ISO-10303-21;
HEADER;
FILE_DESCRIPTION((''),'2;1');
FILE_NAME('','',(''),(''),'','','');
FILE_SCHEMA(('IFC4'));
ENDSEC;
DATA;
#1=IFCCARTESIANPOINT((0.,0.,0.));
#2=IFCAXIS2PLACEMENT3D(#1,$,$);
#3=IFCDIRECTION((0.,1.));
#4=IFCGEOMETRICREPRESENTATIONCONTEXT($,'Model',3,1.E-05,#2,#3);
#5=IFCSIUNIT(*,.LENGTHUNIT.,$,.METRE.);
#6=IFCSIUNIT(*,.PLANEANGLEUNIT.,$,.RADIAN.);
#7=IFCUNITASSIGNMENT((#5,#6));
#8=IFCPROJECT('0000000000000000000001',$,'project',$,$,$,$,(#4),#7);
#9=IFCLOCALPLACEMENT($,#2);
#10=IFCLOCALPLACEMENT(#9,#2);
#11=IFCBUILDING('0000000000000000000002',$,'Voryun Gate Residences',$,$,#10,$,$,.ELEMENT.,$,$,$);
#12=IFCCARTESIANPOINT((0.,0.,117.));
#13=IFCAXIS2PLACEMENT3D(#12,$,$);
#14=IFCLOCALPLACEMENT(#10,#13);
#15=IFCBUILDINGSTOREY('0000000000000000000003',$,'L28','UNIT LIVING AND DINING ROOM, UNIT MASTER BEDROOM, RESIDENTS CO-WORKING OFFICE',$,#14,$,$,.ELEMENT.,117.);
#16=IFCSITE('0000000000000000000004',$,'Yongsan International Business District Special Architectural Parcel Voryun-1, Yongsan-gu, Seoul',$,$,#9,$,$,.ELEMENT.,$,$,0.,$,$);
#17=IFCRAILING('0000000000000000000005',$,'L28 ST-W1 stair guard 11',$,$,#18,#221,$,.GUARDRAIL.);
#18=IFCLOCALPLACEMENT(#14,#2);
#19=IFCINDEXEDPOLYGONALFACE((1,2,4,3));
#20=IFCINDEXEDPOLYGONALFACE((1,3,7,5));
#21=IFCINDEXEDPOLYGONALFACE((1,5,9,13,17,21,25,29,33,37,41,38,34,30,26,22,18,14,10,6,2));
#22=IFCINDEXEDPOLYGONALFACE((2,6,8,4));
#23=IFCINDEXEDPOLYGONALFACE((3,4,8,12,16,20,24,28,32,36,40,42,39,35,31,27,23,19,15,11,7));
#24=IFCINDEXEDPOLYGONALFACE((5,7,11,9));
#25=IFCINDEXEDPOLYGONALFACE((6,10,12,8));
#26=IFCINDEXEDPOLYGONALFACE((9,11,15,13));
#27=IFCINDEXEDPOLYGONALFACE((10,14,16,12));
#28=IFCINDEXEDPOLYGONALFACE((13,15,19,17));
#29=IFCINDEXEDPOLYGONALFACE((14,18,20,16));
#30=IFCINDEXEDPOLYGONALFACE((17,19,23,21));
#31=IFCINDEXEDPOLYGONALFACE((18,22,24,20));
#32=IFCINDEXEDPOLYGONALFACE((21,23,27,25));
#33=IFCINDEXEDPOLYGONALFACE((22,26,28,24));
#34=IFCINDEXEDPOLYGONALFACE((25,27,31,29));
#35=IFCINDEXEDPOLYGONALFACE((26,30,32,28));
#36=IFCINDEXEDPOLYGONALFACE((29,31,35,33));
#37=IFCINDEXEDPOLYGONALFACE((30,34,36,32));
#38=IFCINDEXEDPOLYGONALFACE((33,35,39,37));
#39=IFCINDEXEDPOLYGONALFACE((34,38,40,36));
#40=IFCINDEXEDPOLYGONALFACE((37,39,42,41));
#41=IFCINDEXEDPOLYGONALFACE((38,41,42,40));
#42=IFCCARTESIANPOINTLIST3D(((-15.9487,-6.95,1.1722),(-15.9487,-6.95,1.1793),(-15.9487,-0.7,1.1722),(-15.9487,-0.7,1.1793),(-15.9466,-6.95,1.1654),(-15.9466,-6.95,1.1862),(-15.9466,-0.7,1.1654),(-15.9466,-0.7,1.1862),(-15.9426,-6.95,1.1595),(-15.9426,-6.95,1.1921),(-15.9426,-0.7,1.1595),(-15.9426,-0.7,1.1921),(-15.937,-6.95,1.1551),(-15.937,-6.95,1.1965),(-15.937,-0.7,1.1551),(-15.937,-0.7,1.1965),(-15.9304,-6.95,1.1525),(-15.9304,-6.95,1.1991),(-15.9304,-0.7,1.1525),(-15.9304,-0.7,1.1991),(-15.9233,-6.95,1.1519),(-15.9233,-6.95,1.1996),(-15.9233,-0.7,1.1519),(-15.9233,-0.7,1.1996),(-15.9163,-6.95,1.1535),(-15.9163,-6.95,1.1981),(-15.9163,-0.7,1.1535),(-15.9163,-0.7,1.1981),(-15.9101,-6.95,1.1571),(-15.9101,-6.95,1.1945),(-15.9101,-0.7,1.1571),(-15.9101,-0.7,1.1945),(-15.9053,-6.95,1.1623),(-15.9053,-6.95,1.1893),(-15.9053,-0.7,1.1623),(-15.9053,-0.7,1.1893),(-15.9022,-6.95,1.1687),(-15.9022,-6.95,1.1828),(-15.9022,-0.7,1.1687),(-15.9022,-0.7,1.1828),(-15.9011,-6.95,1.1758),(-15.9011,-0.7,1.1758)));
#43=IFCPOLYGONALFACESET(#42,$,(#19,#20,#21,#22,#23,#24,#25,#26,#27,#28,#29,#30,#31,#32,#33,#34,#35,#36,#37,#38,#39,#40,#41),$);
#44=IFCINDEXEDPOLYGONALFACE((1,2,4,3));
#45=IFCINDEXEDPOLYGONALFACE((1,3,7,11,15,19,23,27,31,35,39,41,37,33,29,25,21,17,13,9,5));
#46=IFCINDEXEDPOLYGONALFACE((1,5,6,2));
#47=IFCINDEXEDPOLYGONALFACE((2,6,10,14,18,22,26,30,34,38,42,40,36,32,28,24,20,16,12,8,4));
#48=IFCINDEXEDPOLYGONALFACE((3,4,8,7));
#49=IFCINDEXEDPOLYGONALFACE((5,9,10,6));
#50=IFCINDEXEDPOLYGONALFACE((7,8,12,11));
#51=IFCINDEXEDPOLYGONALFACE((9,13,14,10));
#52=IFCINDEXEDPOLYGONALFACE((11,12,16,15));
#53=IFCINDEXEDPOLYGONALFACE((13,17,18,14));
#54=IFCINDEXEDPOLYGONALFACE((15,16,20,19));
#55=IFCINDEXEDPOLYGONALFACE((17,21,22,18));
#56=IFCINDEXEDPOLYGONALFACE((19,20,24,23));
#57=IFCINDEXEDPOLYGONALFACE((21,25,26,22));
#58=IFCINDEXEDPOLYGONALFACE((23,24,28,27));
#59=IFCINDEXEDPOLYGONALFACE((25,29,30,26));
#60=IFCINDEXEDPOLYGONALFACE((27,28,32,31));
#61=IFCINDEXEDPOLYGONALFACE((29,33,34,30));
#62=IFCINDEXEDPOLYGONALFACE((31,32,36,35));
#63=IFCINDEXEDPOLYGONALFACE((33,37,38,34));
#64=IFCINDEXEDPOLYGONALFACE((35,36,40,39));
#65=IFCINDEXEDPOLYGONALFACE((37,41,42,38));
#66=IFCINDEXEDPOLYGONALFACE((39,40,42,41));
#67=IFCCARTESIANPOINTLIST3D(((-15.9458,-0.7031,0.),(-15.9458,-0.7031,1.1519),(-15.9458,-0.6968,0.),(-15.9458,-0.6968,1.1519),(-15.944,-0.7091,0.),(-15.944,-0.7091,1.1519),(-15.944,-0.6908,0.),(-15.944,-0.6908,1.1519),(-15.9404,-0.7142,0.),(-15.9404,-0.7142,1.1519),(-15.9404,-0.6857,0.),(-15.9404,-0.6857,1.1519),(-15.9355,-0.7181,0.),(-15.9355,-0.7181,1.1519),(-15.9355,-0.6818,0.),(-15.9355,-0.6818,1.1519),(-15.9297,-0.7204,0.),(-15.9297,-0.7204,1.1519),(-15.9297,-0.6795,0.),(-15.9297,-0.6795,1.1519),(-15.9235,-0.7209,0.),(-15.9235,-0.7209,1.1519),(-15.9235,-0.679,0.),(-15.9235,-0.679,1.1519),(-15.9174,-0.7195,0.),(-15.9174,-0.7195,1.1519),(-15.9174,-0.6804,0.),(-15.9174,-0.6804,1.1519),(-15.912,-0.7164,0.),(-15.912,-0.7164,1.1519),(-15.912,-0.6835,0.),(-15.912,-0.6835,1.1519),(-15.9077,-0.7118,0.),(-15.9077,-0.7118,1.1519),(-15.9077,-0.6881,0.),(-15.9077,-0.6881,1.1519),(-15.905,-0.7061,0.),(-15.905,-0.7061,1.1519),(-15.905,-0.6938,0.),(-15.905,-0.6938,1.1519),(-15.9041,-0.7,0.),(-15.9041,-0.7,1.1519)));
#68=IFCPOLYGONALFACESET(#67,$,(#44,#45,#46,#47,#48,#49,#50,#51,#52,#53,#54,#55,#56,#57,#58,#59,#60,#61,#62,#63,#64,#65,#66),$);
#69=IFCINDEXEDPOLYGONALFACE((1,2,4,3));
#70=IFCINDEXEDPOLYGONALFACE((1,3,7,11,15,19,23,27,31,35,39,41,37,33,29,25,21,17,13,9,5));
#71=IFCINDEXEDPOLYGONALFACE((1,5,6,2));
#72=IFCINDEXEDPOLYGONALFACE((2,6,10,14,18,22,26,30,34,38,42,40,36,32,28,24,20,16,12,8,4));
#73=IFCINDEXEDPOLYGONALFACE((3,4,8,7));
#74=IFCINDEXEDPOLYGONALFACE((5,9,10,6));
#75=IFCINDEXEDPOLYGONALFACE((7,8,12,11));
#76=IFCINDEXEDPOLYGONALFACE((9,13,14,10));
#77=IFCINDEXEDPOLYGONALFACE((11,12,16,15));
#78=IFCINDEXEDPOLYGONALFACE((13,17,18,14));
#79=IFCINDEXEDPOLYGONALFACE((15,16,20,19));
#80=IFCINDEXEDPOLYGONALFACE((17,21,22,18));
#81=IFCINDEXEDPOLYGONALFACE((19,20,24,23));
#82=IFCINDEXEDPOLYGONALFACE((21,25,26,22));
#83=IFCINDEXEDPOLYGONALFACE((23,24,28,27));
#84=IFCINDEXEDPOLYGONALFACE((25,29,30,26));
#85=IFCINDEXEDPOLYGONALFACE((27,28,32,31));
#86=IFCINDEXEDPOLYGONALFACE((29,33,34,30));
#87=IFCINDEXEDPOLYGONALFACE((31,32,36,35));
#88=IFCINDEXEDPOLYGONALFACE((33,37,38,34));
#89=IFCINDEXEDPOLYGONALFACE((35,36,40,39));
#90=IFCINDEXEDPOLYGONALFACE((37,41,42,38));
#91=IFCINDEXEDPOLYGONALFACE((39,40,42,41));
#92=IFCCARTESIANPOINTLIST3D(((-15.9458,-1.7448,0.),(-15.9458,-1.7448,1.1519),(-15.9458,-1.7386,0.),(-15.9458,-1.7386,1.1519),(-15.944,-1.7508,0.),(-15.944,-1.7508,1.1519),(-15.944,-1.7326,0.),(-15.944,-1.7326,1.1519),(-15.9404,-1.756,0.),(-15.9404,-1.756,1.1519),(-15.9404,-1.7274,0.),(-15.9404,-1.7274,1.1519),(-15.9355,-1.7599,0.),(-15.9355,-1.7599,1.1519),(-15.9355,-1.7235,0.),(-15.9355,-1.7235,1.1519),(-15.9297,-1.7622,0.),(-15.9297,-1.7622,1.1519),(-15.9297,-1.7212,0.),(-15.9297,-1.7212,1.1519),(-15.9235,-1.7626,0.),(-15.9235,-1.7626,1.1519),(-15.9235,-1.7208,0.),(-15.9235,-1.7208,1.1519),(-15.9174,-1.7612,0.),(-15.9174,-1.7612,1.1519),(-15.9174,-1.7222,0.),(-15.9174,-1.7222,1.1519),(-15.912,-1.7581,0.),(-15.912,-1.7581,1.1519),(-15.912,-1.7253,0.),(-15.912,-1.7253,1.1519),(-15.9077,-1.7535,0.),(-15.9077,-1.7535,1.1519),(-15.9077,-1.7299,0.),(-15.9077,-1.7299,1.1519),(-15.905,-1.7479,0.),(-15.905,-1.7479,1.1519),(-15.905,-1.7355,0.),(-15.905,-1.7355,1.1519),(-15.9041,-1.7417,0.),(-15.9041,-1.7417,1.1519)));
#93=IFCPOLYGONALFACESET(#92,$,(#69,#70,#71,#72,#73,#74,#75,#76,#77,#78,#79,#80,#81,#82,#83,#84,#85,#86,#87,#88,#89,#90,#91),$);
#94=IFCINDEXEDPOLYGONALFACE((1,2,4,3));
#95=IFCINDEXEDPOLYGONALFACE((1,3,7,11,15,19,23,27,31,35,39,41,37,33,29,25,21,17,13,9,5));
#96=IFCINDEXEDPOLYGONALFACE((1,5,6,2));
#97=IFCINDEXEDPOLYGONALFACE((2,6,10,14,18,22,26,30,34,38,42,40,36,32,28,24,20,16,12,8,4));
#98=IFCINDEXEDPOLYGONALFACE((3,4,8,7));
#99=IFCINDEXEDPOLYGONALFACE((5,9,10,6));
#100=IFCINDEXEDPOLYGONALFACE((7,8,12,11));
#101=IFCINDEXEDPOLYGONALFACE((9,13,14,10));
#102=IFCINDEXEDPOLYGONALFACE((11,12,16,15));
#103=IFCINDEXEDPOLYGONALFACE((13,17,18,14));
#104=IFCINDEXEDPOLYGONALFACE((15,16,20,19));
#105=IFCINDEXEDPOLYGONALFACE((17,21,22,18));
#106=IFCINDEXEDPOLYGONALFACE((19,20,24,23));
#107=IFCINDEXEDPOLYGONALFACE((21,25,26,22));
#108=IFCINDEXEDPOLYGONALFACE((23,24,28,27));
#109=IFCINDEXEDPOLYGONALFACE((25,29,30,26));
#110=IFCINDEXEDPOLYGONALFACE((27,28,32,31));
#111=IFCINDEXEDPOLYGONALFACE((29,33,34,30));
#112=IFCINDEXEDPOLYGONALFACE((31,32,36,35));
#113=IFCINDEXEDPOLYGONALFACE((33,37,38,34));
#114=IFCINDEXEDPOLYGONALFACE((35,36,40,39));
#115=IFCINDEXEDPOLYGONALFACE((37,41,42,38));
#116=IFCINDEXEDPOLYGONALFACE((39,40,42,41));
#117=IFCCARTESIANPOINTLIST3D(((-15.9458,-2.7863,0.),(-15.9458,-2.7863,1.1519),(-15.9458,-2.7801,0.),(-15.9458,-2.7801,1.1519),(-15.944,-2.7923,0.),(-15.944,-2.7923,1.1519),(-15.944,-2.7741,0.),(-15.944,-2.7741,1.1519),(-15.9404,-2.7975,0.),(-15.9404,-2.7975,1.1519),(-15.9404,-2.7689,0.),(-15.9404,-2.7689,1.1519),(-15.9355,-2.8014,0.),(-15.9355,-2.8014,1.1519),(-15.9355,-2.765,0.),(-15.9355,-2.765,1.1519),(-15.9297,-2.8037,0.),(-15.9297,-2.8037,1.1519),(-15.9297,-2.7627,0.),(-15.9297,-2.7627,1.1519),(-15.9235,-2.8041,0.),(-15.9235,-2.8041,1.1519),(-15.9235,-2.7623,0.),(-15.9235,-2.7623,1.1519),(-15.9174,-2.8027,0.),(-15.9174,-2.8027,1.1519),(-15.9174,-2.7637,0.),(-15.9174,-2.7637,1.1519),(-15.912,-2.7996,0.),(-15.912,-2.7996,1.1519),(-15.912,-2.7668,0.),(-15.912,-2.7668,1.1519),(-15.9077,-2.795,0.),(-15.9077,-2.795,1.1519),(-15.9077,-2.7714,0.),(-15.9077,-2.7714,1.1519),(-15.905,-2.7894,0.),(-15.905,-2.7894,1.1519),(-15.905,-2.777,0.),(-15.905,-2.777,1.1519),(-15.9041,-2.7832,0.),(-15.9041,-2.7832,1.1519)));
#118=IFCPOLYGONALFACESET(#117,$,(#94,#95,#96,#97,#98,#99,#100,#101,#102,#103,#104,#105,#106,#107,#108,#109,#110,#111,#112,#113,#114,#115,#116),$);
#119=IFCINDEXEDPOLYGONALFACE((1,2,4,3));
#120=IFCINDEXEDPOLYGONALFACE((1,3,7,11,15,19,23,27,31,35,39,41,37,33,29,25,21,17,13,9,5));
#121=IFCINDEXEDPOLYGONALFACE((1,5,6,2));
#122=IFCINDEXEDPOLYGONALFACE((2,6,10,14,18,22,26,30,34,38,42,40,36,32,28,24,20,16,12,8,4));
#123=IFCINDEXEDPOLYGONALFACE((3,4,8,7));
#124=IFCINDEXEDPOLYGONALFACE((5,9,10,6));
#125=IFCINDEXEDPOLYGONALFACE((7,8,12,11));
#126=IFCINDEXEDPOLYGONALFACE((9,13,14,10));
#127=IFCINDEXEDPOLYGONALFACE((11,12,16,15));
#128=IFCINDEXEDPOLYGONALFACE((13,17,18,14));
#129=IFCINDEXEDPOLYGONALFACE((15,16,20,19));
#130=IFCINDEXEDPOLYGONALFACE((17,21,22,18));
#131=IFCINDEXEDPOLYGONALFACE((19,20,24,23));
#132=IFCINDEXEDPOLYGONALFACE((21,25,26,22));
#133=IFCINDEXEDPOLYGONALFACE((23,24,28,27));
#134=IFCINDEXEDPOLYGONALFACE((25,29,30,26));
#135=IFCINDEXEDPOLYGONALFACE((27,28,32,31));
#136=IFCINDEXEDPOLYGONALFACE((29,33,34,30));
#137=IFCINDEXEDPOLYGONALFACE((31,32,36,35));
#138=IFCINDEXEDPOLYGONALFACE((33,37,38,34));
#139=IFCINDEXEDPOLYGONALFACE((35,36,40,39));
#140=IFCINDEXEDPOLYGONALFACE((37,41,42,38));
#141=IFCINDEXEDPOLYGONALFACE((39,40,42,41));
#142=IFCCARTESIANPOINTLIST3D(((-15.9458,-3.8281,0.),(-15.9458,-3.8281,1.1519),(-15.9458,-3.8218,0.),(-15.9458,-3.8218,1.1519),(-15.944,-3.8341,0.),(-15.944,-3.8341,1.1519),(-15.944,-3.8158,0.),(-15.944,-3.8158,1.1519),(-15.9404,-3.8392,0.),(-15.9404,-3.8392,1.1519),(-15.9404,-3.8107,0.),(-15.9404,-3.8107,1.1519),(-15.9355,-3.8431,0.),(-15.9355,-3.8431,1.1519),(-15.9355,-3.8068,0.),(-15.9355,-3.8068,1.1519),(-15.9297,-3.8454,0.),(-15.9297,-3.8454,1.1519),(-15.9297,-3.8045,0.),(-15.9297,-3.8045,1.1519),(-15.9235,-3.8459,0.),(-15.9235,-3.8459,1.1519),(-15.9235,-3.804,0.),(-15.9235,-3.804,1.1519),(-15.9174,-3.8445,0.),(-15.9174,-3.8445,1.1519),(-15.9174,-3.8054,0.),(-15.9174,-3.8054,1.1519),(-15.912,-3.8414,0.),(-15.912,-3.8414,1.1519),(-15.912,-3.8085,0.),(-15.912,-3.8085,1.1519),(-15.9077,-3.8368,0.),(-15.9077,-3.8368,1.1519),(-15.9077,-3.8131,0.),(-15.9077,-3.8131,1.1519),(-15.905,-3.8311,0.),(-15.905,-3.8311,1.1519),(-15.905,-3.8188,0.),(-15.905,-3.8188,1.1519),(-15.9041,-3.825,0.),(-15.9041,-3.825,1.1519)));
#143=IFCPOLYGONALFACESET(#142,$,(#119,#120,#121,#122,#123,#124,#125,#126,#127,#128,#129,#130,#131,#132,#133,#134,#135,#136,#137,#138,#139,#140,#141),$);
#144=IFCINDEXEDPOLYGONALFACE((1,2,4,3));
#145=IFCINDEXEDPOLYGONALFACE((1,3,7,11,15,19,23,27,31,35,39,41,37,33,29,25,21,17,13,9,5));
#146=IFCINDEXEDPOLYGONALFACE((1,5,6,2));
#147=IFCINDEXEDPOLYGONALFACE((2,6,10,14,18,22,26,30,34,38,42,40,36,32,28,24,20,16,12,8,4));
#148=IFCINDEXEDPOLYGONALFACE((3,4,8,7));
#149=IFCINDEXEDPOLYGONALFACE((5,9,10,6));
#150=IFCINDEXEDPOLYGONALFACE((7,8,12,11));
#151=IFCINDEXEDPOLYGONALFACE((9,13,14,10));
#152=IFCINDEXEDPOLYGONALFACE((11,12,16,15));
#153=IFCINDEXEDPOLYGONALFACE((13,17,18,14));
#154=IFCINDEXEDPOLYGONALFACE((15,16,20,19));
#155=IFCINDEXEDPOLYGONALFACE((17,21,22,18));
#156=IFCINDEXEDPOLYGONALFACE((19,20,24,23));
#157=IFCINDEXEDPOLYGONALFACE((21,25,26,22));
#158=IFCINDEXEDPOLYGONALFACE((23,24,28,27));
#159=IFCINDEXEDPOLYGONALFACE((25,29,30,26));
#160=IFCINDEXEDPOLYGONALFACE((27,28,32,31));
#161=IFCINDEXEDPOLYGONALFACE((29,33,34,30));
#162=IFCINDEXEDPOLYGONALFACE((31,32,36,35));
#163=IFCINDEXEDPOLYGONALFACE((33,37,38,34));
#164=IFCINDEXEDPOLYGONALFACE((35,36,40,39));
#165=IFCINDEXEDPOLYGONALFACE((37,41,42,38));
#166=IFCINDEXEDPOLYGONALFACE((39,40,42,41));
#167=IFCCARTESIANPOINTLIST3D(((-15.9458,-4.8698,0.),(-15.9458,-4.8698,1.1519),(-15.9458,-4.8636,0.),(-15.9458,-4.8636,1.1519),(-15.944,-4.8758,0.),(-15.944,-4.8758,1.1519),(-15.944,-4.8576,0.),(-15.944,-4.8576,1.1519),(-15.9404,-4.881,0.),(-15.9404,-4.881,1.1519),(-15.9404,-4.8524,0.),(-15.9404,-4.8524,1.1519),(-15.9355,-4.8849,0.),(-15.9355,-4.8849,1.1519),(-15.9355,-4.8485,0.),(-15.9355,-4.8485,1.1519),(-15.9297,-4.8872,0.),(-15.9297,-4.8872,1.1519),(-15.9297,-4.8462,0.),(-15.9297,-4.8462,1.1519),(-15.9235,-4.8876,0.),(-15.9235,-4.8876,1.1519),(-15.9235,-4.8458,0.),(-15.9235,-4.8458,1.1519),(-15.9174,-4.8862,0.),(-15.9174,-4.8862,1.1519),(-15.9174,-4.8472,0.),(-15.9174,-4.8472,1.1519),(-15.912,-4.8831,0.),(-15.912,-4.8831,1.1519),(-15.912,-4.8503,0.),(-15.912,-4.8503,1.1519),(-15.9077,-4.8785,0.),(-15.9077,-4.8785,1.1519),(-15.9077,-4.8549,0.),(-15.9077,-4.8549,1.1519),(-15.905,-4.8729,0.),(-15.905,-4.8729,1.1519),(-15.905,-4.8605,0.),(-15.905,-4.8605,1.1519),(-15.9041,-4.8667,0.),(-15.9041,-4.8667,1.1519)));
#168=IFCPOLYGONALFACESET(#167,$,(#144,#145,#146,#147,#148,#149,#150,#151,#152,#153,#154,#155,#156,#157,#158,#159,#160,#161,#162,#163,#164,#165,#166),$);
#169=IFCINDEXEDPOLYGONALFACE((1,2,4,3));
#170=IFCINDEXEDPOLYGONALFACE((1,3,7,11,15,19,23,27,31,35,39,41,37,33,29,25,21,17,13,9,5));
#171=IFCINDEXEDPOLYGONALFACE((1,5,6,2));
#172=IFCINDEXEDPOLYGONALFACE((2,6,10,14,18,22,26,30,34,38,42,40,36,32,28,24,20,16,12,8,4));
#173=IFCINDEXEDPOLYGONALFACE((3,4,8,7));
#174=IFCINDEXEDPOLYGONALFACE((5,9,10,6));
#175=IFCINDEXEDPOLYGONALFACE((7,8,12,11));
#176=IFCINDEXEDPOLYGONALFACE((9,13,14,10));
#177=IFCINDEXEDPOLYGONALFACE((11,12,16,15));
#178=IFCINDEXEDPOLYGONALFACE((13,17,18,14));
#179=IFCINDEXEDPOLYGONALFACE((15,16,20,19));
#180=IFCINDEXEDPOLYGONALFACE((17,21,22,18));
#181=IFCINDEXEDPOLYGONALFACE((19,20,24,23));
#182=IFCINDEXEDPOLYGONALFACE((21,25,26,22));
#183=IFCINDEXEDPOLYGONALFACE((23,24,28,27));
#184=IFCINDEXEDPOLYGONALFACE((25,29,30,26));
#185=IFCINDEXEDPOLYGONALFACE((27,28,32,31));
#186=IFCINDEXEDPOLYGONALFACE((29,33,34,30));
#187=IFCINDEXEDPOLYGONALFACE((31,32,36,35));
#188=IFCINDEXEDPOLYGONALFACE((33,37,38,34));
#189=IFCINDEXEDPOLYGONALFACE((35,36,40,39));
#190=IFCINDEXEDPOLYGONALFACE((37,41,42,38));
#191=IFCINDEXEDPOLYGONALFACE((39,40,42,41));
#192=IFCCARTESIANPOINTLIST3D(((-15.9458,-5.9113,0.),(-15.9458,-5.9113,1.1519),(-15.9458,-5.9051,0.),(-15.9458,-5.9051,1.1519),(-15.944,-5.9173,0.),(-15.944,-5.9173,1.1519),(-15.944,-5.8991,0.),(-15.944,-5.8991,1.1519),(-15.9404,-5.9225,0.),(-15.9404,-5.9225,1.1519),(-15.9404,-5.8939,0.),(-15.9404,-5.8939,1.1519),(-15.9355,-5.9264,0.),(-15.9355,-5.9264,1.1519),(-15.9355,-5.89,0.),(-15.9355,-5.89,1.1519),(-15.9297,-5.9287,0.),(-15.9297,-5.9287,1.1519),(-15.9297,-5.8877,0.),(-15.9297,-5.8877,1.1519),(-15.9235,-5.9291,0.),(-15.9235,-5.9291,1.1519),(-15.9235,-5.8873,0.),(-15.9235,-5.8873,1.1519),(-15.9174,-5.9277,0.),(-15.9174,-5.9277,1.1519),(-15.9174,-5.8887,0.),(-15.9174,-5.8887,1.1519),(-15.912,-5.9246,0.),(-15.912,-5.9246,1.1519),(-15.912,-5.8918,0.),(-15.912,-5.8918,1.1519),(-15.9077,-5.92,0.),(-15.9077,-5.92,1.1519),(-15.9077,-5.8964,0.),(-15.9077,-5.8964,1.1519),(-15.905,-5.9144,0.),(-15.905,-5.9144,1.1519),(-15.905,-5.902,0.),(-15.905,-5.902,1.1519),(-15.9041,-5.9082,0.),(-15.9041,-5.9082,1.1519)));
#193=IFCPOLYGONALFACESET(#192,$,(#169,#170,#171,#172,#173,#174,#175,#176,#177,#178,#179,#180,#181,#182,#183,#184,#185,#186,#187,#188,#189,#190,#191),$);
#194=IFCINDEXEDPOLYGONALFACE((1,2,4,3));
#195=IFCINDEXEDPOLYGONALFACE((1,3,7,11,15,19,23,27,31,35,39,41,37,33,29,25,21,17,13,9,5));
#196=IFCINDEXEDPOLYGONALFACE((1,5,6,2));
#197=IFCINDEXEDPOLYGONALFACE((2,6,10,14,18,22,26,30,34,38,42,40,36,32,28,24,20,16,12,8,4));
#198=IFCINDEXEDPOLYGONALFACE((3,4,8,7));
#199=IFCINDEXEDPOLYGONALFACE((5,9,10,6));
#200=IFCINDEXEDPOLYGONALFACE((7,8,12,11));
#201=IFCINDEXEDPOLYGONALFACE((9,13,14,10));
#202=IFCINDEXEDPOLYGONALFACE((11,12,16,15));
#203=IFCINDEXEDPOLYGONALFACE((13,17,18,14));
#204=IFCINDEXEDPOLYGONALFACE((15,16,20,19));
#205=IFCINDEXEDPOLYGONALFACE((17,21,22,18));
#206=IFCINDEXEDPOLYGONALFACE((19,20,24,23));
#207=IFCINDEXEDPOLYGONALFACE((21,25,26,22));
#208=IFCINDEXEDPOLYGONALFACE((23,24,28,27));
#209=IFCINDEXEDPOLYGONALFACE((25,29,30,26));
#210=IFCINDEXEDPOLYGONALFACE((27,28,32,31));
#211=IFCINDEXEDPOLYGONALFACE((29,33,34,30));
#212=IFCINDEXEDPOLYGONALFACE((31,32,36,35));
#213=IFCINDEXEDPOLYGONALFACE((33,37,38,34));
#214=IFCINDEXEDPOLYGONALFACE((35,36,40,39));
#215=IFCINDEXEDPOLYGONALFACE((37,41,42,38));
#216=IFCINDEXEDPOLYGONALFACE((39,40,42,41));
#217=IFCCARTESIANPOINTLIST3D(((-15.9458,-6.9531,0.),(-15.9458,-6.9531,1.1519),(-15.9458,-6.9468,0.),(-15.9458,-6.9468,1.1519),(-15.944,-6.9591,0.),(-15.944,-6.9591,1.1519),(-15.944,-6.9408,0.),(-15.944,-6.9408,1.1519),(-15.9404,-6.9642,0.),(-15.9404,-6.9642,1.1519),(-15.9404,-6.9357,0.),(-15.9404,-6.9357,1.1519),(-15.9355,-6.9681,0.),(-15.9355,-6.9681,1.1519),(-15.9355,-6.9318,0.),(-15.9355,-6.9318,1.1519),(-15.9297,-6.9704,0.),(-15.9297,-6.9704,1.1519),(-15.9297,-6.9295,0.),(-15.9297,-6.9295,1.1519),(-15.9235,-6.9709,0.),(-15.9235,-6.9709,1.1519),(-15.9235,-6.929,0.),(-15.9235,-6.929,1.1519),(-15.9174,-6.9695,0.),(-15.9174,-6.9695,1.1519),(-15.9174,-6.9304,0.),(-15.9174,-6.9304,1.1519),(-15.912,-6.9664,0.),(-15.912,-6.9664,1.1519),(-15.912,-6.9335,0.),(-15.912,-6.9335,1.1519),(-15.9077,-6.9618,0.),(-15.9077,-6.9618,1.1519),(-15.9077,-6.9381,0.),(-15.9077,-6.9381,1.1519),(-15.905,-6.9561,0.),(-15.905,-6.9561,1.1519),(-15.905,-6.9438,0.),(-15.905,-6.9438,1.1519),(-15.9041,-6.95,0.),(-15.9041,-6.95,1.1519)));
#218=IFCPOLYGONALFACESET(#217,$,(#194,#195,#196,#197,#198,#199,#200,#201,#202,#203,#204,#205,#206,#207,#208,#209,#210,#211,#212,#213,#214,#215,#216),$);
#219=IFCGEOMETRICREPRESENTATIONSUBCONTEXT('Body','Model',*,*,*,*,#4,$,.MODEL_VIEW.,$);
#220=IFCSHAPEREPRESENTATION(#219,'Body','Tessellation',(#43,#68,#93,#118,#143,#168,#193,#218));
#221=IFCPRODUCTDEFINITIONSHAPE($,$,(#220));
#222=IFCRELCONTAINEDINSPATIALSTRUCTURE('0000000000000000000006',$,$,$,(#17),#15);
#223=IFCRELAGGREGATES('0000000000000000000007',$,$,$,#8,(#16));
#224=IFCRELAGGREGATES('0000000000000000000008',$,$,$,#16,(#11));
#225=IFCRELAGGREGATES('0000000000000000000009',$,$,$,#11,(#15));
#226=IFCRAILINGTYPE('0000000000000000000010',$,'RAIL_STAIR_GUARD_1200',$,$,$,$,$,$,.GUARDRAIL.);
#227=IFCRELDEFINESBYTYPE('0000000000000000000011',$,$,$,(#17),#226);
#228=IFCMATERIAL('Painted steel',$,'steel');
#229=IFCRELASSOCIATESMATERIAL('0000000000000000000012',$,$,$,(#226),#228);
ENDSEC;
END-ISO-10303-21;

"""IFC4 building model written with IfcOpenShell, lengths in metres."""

from ifc_helpers import new_model, si_unit, direction, frame, origin, origin_2d, place, context, subcontext, project, spatial, circle, extrude, material, type_object, element, save


model = new_model("IFC4")

# Units and contexts
model_context = context("Model", 3, precision=1e-05, world=origin(), true_north=direction((0.0, 1.0)))
body_context = subcontext(model_context, "Body", "Model", "MODEL_VIEW")
ifc_project = project(units=[si_unit("LENGTHUNIT", "METRE"), si_unit("PLANEANGLEUNIT", "RADIAN")], contexts=[model_context])

# Site, building, storey
site_placement = place(None, origin())
site = spatial("IfcSite", under=ifc_project, at=site_placement, Name="Yongsan International Business District Special Architectural Parcel Voryun-1, Yongsan-gu, Seoul", CompositionType="ELEMENT", RefElevation=0.0)
building_placement = place(site_placement, origin())
building = spatial("IfcBuilding", under=site, at=building_placement, Name="Voryun Gate Residences", CompositionType="ELEMENT")
storey_placement = place(building_placement, frame((0.0, 0.0, 117.0)))
storey = spatial("IfcBuildingStorey", under=building, at=storey_placement, Name="L28", Description="UNIT LIVING AND DINING ROOM, UNIT MASTER BEDROOM, RESIDENTS CO-WORKING OFFICE", CompositionType="ELEMENT", Elevation=117.0)

# Railing
ifc_material_1 = material(Name="Painted steel", Category="steel")
railing_type = type_object("IfcRailingType", Name="RAIL_STAIR_GUARD_1200", PredefinedType="GUARDRAIL", material=ifc_material_1)
railing_placement = place(storey_placement, frame((-15.925, -0.7, 0.0)))
element("IfcRailing", 1, at=railing_placement, inside=storey, type_object=railing_type, Name="L28 ST-W1 stair guard 11", PredefinedType="GUARDRAIL", context=body_context, shape_type="SweptSolid", body=[
    extrude(circle(Radius=0.0239, at=origin_2d()), frame((0.0, 0.0, 1.1758), z_axis=(0.0, -1.0, 0.0), x_axis=(1.0, 0.0, 0.0)), (0.0, 0.0, 1.0), 6.25),
    extrude(circle(Radius=0.021, at=origin_2d()), origin(), (0.0, 0.0, 1.0), 1.1519),
    extrude(circle(Radius=0.021, at=origin_2d()), frame((0.0, -1.0417, 0.0)), (0.0, 0.0, 1.0), 1.1519),
    extrude(circle(Radius=0.021, at=origin_2d()), frame((0.0, -2.0833, 0.0)), (0.0, 0.0, 1.0), 1.1519),
    extrude(circle(Radius=0.021, at=origin_2d()), frame((0.0, -3.125, 0.0)), (0.0, 0.0, 1.0), 1.1519),
    extrude(circle(Radius=0.021, at=origin_2d()), frame((0.0, -4.1667, 0.0)), (0.0, 0.0, 1.0), 1.1519),
    extrude(circle(Radius=0.021, at=origin_2d()), frame((0.0, -5.2083, 0.0)), (0.0, 0.0, 1.0), 1.1519),
    extrude(circle(Radius=0.021, at=origin_2d()), frame((0.0, -6.25, 0.0)), (0.0, 0.0, 1.0), 1.1519),
])

save(model, "model.ifc")
